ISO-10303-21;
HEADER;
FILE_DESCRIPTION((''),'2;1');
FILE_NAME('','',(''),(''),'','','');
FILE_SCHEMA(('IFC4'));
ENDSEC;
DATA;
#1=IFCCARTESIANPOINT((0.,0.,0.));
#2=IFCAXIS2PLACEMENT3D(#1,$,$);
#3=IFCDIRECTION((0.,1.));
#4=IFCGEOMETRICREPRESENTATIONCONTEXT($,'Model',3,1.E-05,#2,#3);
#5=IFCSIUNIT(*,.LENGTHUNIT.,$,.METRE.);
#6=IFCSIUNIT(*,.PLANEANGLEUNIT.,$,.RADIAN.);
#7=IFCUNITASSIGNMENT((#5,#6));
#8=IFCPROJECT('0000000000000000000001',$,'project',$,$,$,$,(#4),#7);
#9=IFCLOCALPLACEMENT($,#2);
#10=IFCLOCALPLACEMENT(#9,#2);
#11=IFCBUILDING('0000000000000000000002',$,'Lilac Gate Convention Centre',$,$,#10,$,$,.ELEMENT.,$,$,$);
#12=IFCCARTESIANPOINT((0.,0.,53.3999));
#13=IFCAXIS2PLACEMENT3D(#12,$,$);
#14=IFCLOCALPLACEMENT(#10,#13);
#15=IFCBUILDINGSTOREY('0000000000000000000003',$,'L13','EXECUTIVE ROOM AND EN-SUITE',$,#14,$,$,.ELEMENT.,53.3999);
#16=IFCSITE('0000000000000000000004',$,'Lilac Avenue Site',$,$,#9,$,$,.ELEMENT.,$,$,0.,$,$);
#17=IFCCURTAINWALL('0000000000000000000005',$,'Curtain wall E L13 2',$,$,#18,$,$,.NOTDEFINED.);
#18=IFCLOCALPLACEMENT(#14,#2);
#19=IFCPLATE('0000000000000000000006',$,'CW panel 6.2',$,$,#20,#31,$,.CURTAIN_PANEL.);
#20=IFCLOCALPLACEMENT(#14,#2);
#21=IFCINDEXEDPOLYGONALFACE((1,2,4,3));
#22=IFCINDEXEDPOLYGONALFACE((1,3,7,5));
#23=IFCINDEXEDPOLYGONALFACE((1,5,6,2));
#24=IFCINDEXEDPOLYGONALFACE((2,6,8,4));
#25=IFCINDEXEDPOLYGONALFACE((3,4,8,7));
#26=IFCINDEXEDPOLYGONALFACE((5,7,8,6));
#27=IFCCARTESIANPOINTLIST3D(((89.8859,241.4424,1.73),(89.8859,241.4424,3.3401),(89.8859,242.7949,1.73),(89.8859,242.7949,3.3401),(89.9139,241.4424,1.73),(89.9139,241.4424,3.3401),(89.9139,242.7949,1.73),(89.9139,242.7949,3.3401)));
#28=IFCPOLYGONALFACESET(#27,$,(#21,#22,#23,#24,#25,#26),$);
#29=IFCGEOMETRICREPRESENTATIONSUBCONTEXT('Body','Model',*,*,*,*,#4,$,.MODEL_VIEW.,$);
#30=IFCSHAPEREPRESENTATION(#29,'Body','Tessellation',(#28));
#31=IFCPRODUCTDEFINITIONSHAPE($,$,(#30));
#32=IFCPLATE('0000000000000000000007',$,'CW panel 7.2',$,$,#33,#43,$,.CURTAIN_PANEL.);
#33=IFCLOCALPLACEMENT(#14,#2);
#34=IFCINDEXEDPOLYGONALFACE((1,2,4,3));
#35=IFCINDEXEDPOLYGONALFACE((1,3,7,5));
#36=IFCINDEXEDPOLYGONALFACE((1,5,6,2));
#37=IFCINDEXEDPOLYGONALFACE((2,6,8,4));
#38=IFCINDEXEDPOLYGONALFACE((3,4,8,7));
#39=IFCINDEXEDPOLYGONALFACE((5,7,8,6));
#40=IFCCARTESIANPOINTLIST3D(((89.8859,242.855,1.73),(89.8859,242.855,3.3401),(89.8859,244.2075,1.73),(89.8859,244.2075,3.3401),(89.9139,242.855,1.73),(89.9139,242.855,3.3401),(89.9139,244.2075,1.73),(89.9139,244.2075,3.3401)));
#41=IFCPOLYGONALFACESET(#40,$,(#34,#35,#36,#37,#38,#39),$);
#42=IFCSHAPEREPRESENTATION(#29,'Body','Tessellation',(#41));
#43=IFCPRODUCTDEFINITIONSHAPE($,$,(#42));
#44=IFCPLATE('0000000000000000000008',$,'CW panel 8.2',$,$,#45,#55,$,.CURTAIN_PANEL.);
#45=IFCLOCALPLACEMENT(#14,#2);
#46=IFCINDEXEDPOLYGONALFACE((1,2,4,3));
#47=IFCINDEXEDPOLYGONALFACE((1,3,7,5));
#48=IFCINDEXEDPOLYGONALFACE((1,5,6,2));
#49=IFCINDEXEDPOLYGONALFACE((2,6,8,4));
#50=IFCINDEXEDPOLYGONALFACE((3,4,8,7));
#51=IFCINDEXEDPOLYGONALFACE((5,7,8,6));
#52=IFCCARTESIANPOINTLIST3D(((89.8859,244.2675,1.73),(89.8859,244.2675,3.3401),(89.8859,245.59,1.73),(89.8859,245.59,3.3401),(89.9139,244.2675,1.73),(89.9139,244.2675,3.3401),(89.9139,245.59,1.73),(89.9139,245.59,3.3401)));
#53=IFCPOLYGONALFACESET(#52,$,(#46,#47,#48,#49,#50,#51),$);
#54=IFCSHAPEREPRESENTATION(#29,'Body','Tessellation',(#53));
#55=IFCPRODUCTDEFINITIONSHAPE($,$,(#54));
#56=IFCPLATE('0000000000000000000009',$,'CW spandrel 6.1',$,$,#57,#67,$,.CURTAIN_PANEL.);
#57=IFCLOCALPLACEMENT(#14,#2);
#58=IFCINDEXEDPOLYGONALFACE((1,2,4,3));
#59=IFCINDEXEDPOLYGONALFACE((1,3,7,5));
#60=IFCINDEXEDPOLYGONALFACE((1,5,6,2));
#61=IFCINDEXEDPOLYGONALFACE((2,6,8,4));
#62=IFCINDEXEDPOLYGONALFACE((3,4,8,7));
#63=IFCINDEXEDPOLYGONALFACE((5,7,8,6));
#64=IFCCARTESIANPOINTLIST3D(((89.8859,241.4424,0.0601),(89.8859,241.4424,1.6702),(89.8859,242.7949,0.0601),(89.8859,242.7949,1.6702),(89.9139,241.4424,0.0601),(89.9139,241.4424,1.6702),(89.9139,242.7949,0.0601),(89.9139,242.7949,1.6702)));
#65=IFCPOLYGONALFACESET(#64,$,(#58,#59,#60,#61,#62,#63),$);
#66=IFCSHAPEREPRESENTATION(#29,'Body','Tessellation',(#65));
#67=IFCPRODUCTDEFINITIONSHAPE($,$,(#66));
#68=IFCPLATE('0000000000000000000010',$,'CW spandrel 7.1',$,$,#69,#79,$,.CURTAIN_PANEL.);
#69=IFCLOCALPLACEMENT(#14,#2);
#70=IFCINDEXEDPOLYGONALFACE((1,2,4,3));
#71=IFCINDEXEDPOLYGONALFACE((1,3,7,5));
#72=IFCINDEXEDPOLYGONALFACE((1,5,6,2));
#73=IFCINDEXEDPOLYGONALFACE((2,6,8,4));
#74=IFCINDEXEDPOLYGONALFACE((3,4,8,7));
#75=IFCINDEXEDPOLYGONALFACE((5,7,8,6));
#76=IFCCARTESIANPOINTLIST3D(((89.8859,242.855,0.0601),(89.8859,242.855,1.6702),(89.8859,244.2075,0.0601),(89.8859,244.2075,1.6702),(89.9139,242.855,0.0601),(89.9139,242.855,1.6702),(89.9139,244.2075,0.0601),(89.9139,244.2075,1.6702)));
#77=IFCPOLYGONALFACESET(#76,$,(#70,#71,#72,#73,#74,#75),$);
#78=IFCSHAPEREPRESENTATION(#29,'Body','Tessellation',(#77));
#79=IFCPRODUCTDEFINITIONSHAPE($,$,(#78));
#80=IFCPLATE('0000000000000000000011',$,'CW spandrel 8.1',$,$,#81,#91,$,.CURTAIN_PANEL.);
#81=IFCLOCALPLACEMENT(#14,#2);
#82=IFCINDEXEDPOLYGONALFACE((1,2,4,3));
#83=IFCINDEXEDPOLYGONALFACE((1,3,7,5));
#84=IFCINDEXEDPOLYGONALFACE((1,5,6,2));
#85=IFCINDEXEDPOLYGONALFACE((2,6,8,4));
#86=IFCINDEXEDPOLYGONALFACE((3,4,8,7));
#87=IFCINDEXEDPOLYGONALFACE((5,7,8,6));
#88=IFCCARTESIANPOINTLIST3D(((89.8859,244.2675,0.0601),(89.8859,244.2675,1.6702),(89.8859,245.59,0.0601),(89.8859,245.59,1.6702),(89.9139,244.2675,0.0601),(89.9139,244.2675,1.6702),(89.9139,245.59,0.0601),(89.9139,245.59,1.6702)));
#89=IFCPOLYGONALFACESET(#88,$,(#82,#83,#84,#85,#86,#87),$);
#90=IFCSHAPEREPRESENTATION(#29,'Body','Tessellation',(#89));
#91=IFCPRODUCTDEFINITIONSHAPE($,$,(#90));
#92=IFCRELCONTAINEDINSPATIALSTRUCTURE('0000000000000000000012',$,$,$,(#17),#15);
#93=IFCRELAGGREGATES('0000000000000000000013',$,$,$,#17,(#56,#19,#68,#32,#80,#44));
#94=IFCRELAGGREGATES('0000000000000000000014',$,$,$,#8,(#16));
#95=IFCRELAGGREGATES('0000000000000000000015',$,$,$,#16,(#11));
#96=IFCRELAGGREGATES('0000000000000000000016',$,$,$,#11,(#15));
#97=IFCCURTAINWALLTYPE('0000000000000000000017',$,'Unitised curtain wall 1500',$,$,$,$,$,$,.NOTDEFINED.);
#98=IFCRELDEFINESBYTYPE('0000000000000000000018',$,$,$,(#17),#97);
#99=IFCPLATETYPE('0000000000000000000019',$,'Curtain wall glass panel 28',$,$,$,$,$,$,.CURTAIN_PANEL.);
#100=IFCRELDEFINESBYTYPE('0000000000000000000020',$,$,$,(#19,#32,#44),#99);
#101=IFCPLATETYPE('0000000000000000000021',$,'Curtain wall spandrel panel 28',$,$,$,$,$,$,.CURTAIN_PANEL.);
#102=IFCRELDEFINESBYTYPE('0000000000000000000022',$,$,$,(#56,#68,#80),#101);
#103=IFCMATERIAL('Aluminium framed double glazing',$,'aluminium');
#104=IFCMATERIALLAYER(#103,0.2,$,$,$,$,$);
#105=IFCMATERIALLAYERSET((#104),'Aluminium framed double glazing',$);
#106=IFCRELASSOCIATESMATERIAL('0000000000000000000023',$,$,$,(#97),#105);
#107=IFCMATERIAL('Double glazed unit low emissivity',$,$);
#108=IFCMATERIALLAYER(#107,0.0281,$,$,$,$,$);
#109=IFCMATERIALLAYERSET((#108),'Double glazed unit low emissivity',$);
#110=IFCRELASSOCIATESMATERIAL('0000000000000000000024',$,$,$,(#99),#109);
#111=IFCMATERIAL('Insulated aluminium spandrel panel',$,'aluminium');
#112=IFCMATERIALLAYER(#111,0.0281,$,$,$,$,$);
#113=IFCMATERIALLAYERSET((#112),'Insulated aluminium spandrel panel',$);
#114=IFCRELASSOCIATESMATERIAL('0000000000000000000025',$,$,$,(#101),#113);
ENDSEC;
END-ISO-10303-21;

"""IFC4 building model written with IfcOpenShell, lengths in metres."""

from ifc_helpers import new_model, si_unit, direction, frame, origin, origin_2d, place, context, subcontext, project, spatial, rectangle, extrude, material, layer, layer_set, type_object, element, aggregate, save


model = new_model("IFC4")

# Units and contexts
model_context = context("Model", 3, precision=1e-05, world=origin(), true_north=direction((0.0, 1.0)))
body_context = subcontext(model_context, "Body", "Model", "MODEL_VIEW")
ifc_project = project(units=[si_unit("LENGTHUNIT", "METRE"), si_unit("PLANEANGLEUNIT", "RADIAN")], contexts=[model_context])

# Site, building, storey
site_placement = place(None, origin())
site = spatial("IfcSite", under=ifc_project, at=site_placement, Name="Lilac Avenue Site", CompositionType="ELEMENT", RefElevation=0.0)
building_placement = place(site_placement, origin())
building = spatial("IfcBuilding", under=site, at=building_placement, Name="Lilac Gate Convention Centre", CompositionType="ELEMENT")
storey_placement = place(building_placement, frame((0.0, 0.0, 53.3999)))
storey = spatial("IfcBuildingStorey", under=building, at=storey_placement, Name="L13", Description="EXECUTIVE ROOM AND EN-SUITE", CompositionType="ELEMENT", Elevation=53.3999)

# Curtain wall, plates
ifc_material_1 = material(Name="Aluminium framed double glazing", Category="aluminium")
ifc_layer_1 = layer(ifc_material_1, 0.2)
ifc_layer_set_1 = layer_set([ifc_layer_1], Name="Aluminium framed double glazing")
curtain_wall_type = type_object("IfcCurtainWallType", Name="Unitised curtain wall 1500", PredefinedType="NOTDEFINED", material=ifc_layer_set_1)
curtain_wall_placement = place(storey_placement, origin())
curtain_wall = element("IfcCurtainWall", 1, at=curtain_wall_placement, inside=storey, type_object=curtain_wall_type, Name="Curtain wall E L13 2", PredefinedType="NOTDEFINED")
ifc_material_2 = material(Name="Double glazed unit low emissivity")
ifc_layer_2 = layer(ifc_material_2, 0.0281)
ifc_layer_set_2 = layer_set([ifc_layer_2], Name="Double glazed unit low emissivity")
plate_type_1 = type_object("IfcPlateType", Name="Curtain wall glass panel 28", PredefinedType="CURTAIN_PANEL", material=ifc_layer_set_2)
plate_1_placement = place(storey_placement, frame((89.8999, 242.1187, 1.73), z_axis=(0.0, 0.0, 1.0), x_axis=(0.0, 1.0, 0.0)))
plate_1 = element("IfcPlate", 2, at=plate_1_placement, type_object=plate_type_1, Name="CW panel 6.2", PredefinedType="CURTAIN_PANEL", context=body_context, shape_type="SweptSolid", body=[
    extrude(rectangle(XDim=1.3525, YDim=0.0281, at=origin_2d()), origin(), (0.0, 0.0, 1.0), 1.6101),
])
plate_2_placement = place(storey_placement, frame((89.8999, 243.5312, 1.73), z_axis=(0.0, 0.0, 1.0), x_axis=(0.0, 1.0, 0.0)))
plate_2 = element("IfcPlate", 3, at=plate_2_placement, type_object=plate_type_1, Name="CW panel 7.2", PredefinedType="CURTAIN_PANEL", context=body_context, shape_type="SweptSolid", body=[
    extrude(rectangle(XDim=1.3525, YDim=0.0281, at=origin_2d()), origin(), (0.0, 0.0, 1.0), 1.6101),
])
plate_3_placement = place(storey_placement, frame((89.8999, 244.9287, 1.73), z_axis=(0.0, 0.0, 1.0), x_axis=(0.0, 1.0, 0.0)))
plate_3 = element("IfcPlate", 4, at=plate_3_placement, type_object=plate_type_1, Name="CW panel 8.2", PredefinedType="CURTAIN_PANEL", context=body_context, shape_type="SweptSolid", body=[
    extrude(rectangle(XDim=1.3225, YDim=0.0281, at=origin_2d()), origin(), (0.0, 0.0, 1.0), 1.6101),
])
ifc_material_3 = material(Name="Insulated aluminium spandrel panel", Category="aluminium")
ifc_layer_3 = layer(ifc_material_3, 0.0281)
ifc_layer_set_3 = layer_set([ifc_layer_3], Name="Insulated aluminium spandrel panel")
plate_type_2 = type_object("IfcPlateType", Name="Curtain wall spandrel panel 28", PredefinedType="CURTAIN_PANEL", material=ifc_layer_set_3)
plate_4_placement = place(storey_placement, frame((89.8999, 242.1187, 0.0601), z_axis=(0.0, 0.0, 1.0), x_axis=(0.0, 1.0, 0.0)))
plate_4 = element("IfcPlate", 5, at=plate_4_placement, type_object=plate_type_2, Name="CW spandrel 6.1", PredefinedType="CURTAIN_PANEL", context=body_context, shape_type="SweptSolid", body=[
    extrude(rectangle(XDim=1.3525, YDim=0.0281, at=origin_2d()), origin(), (0.0, 0.0, 1.0), 1.6101),
])
plate_5_placement = place(storey_placement, frame((89.8999, 243.5312, 0.0601), z_axis=(0.0, 0.0, 1.0), x_axis=(0.0, 1.0, 0.0)))
plate_5 = element("IfcPlate", 6, at=plate_5_placement, type_object=plate_type_2, Name="CW spandrel 7.1", PredefinedType="CURTAIN_PANEL", context=body_context, shape_type="SweptSolid", body=[
    extrude(rectangle(XDim=1.3525, YDim=0.0281, at=origin_2d()), origin(), (0.0, 0.0, 1.0), 1.6101),
])
plate_6_placement = place(storey_placement, frame((89.8999, 244.9287, 0.0601), z_axis=(0.0, 0.0, 1.0), x_axis=(0.0, 1.0, 0.0)))
plate_6 = element("IfcPlate", 7, at=plate_6_placement, type_object=plate_type_2, Name="CW spandrel 8.1", PredefinedType="CURTAIN_PANEL", context=body_context, shape_type="SweptSolid", body=[
    extrude(rectangle(XDim=1.3225, YDim=0.0281, at=origin_2d()), origin(), (0.0, 0.0, 1.0), 1.6101),
])
aggregate(curtain_wall, [plate_4, plate_1, plate_5, plate_2, plate_6, plate_3])

save(model, "model.ifc")
